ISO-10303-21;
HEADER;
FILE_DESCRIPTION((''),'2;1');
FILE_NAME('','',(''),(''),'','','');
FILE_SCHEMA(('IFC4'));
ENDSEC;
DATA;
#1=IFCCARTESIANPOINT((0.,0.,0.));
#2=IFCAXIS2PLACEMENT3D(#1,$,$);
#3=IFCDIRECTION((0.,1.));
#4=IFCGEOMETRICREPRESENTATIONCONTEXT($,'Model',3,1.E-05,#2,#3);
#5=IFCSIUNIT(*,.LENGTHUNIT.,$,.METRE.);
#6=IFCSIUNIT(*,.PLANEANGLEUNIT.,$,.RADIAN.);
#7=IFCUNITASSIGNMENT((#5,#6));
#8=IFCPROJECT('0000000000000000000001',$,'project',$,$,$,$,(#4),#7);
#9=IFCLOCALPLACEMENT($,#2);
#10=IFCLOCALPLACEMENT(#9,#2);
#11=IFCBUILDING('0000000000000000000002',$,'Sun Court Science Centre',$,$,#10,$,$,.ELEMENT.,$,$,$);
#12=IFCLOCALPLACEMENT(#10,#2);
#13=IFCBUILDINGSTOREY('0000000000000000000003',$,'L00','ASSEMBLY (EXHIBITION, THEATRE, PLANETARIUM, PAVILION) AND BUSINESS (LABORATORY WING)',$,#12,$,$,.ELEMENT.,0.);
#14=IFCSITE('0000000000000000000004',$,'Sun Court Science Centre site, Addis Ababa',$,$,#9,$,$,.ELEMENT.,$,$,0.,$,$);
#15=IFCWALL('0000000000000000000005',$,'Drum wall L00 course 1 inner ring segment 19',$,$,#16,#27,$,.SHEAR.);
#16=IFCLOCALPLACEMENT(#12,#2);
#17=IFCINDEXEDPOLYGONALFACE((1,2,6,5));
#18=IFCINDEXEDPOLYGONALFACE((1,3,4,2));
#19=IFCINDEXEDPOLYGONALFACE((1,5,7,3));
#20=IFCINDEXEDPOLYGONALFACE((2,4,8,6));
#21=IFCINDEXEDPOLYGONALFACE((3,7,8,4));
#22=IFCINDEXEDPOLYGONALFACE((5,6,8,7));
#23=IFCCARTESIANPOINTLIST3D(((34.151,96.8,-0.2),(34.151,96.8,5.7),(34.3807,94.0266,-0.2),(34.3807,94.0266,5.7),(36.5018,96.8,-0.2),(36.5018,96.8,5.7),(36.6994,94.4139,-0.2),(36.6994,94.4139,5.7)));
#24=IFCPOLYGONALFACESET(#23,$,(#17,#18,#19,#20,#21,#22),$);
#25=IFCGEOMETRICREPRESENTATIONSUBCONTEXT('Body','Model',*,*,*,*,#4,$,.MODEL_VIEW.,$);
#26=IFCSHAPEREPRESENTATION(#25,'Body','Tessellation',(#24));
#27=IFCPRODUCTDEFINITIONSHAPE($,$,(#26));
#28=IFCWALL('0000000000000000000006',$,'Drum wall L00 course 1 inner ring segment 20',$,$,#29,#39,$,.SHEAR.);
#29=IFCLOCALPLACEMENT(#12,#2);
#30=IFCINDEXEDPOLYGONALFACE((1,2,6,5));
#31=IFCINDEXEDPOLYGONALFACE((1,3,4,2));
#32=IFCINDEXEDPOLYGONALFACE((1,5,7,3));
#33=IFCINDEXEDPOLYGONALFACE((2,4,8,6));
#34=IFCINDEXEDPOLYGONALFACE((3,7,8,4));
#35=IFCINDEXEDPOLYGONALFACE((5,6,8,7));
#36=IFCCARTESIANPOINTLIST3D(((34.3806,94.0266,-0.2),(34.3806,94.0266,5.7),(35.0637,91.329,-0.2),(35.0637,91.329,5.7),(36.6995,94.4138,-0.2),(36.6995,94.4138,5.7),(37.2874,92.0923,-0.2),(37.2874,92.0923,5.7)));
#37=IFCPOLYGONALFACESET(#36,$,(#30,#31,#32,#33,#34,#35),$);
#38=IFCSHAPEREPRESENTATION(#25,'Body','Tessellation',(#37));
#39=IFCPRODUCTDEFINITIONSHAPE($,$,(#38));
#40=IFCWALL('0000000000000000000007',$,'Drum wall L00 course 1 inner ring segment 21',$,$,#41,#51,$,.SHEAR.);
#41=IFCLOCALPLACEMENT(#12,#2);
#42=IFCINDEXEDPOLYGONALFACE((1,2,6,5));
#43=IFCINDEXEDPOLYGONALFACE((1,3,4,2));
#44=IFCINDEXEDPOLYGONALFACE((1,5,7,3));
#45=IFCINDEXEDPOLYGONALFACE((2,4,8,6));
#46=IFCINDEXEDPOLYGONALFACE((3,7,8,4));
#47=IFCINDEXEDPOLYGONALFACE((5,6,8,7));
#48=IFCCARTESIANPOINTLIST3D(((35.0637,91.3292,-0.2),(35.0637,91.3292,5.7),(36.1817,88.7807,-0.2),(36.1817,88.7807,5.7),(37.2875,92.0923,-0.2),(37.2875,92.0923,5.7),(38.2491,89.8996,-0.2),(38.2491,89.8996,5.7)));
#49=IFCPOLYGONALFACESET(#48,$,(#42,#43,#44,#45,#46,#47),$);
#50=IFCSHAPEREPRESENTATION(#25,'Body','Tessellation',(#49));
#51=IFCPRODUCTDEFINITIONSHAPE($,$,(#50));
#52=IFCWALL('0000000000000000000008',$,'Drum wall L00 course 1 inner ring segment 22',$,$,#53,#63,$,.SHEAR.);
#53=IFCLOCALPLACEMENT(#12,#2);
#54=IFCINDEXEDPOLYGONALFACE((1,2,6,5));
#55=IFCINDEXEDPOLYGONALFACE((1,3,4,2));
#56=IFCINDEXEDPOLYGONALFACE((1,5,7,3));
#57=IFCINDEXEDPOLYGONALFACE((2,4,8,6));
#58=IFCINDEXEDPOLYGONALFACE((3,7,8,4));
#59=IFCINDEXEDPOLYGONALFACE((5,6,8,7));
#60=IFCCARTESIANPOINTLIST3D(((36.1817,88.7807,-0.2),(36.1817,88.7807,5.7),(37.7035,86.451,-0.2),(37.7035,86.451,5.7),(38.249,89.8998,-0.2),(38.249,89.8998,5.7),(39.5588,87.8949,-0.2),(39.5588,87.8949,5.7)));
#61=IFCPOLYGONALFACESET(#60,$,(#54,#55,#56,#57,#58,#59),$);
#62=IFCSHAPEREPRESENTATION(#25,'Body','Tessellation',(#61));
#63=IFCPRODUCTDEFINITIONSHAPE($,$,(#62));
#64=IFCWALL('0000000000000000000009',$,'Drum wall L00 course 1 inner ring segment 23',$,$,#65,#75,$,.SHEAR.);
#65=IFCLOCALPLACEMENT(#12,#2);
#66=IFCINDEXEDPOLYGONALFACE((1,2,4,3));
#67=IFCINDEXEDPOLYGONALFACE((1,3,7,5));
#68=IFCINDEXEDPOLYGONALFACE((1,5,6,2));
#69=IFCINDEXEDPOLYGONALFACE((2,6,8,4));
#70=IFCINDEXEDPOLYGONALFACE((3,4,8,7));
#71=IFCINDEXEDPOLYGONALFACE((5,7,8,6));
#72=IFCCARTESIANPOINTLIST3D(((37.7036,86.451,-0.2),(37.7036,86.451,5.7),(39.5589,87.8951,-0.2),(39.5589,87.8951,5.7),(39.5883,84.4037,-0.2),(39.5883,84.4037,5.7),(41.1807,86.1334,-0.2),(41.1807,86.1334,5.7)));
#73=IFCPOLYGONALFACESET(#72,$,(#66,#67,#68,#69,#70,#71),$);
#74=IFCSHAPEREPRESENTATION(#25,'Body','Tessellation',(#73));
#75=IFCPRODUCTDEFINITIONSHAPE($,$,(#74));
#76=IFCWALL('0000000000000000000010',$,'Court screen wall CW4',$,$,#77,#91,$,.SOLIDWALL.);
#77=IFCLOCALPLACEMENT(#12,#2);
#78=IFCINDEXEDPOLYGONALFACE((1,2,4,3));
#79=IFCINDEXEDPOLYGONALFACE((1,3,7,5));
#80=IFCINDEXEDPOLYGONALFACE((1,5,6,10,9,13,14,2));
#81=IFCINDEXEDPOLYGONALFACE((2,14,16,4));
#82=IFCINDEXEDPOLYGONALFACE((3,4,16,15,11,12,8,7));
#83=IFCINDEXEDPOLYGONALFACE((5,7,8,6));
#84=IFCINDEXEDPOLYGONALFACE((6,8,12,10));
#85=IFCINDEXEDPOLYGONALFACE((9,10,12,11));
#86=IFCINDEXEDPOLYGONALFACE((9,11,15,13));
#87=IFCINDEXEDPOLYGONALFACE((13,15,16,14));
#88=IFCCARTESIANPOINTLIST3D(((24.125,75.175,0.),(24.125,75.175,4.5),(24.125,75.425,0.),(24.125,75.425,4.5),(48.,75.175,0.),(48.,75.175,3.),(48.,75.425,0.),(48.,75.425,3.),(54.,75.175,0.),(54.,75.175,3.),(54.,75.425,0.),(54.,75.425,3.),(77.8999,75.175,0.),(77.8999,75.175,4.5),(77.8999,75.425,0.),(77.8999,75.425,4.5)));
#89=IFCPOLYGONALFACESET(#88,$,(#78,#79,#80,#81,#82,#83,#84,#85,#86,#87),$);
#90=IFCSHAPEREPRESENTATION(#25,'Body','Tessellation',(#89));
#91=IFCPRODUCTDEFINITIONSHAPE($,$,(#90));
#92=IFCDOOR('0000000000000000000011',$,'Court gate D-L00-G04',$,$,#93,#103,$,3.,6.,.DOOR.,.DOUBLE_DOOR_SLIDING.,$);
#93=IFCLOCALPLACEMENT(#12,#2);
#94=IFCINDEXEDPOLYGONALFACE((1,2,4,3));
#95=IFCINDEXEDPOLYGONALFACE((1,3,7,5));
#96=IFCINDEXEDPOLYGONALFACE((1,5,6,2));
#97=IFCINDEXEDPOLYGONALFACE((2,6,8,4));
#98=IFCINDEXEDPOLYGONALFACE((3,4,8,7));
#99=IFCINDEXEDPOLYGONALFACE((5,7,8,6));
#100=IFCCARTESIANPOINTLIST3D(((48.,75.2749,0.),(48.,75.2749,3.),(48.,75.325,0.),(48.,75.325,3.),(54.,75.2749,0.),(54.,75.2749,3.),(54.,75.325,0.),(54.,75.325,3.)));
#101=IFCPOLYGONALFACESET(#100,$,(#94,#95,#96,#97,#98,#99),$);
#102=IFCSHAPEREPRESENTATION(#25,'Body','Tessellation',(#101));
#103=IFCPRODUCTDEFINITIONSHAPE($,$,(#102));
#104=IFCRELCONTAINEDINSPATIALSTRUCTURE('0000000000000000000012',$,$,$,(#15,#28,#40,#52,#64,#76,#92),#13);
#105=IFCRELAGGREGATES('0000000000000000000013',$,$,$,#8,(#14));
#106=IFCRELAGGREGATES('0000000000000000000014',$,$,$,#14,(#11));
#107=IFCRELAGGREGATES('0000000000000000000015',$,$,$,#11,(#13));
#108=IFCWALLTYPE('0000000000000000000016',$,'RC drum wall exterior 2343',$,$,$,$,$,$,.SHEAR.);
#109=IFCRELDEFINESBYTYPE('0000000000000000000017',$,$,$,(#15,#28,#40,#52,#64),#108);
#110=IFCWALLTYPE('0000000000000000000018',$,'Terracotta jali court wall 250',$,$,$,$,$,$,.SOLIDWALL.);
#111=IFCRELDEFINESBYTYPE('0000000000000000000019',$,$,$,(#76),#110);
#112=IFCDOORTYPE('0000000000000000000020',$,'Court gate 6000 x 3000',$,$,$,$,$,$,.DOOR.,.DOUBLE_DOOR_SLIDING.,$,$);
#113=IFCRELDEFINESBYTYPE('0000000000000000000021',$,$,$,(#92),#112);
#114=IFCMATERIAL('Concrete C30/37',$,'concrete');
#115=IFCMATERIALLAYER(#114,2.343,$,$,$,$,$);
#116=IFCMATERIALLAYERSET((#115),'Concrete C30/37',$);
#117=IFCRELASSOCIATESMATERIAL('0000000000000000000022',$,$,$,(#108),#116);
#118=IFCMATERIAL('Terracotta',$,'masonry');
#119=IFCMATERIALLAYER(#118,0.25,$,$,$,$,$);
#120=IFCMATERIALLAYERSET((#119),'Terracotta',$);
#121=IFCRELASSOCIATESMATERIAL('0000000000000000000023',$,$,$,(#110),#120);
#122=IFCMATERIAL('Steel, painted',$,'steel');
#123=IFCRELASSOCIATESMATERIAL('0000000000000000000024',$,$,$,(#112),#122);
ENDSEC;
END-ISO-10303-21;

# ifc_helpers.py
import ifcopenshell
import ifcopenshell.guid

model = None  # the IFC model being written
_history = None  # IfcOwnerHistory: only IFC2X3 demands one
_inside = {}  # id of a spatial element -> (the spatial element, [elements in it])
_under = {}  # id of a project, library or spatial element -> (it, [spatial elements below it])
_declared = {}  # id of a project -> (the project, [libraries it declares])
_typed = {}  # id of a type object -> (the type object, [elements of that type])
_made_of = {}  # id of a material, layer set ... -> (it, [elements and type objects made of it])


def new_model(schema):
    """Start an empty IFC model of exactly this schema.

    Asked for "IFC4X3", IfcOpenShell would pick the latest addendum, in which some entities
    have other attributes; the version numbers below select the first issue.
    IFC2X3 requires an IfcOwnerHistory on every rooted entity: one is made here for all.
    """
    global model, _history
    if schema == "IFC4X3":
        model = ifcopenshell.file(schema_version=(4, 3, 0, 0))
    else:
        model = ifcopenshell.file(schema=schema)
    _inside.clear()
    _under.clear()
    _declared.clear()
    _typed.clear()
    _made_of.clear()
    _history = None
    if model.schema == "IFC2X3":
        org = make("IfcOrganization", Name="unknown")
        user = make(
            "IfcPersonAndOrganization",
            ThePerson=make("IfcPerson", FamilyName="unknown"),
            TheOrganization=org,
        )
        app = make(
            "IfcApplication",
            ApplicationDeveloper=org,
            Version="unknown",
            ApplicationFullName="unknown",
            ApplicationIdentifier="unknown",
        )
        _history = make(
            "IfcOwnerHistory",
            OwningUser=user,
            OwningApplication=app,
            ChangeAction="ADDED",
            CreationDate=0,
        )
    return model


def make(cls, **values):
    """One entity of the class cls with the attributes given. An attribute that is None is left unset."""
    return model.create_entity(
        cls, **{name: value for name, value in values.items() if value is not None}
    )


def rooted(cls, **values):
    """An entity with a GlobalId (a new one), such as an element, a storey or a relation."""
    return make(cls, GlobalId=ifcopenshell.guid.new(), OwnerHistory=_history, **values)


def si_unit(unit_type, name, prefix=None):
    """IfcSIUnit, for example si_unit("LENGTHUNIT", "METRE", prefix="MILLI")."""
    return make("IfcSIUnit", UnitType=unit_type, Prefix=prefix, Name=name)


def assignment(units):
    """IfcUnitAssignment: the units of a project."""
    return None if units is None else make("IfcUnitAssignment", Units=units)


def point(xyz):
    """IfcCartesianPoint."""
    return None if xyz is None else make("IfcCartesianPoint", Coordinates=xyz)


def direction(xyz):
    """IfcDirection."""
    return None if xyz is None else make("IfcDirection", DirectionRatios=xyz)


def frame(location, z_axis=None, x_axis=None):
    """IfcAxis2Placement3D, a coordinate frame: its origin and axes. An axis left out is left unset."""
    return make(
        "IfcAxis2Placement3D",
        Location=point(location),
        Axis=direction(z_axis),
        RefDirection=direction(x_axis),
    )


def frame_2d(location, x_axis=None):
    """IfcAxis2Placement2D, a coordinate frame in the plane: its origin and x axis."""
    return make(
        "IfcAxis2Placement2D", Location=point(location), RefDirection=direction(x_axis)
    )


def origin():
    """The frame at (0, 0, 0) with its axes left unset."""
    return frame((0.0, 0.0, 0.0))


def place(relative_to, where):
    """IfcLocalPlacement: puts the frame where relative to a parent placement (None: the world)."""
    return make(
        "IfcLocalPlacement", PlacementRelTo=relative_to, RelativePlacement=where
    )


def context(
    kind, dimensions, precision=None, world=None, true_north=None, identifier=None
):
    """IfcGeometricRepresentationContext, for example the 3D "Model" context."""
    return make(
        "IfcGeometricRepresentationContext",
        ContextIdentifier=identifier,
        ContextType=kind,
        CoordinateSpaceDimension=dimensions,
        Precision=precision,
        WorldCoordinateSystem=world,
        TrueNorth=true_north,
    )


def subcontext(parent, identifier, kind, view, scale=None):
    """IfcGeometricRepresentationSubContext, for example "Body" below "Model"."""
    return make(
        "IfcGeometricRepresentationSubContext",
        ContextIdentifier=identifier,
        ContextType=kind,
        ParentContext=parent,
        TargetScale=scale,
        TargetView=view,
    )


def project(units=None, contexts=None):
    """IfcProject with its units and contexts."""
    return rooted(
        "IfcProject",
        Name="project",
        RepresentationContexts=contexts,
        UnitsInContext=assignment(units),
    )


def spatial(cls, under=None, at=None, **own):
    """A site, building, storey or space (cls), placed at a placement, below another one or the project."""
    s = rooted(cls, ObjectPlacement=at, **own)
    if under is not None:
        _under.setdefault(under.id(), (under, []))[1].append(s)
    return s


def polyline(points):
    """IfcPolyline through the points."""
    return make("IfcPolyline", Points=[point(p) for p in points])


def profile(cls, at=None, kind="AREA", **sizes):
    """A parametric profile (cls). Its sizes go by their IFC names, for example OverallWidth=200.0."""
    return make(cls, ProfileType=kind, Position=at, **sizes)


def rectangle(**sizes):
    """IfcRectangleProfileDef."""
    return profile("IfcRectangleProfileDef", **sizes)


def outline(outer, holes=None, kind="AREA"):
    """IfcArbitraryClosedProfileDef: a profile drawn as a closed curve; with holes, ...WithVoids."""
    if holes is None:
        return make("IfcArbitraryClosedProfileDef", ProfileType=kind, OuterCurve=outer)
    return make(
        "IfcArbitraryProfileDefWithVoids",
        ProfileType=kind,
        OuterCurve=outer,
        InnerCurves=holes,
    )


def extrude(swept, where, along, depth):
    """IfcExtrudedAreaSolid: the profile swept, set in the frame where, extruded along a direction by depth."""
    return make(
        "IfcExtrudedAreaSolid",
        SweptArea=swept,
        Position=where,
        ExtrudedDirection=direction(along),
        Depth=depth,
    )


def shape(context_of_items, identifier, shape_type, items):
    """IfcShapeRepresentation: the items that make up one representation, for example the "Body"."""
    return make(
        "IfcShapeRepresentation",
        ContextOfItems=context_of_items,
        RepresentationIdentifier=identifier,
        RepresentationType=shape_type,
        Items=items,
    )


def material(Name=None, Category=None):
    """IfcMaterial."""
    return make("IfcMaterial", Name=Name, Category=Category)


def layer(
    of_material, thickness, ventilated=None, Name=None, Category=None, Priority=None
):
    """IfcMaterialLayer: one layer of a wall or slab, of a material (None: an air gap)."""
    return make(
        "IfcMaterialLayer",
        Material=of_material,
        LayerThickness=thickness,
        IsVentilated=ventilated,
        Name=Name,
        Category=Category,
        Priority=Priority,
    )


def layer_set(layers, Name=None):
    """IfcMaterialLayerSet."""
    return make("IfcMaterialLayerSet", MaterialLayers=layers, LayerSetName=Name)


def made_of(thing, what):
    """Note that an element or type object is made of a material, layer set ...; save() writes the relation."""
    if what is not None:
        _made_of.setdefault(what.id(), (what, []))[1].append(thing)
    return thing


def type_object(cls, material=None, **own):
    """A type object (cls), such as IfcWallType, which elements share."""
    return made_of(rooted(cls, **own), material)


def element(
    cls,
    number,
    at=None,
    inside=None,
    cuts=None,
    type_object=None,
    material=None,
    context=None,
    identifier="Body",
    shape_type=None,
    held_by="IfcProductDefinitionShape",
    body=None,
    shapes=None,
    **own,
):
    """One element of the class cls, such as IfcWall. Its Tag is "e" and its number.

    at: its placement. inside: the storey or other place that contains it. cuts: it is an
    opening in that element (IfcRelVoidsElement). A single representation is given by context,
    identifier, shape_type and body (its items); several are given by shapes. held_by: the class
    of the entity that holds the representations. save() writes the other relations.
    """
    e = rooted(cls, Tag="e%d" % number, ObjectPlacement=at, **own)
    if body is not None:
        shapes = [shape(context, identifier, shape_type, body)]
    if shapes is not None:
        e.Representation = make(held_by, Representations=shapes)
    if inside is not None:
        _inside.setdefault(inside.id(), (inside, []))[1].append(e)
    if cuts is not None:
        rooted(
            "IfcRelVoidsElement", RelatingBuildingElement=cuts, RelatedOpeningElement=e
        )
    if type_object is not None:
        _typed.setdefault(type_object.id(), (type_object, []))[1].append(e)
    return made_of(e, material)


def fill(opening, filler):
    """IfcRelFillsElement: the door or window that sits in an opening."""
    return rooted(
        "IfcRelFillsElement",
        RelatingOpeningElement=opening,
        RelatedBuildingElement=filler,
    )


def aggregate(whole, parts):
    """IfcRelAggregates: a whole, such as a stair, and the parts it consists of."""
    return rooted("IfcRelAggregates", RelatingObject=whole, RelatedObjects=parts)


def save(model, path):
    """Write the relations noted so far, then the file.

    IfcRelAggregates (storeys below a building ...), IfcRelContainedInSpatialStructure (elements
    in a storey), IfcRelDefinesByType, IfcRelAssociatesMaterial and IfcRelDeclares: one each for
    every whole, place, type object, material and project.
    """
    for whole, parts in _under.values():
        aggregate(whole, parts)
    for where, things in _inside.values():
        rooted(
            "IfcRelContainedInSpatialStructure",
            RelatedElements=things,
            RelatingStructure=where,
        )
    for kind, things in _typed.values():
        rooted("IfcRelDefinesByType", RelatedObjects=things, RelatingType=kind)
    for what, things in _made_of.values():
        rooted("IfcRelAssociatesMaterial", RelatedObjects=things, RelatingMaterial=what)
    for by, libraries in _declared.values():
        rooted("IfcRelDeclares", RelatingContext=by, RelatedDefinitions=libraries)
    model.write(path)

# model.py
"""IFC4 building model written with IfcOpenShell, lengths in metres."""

from ifc_helpers import new_model, si_unit, direction, frame, frame_2d, origin, place, context, subcontext, project, spatial, polyline, rectangle, outline, extrude, material, layer, layer_set, type_object, element, fill, save


model = new_model("IFC4")

# Units and contexts
model_context = context("Model", 3, precision=1e-05, world=origin(), true_north=direction((0.0, 1.0)))
body_context = subcontext(model_context, "Body", "Model", "MODEL_VIEW")
ifc_project = project(units=[si_unit("LENGTHUNIT", "METRE"), si_unit("PLANEANGLEUNIT", "RADIAN")], contexts=[model_context])

# Site, building, storey
site_placement = place(None, origin())
site = spatial("IfcSite", under=ifc_project, at=site_placement, Name="Sun Court Science Centre site, Addis Ababa", CompositionType="ELEMENT", RefElevation=0.0)
building_placement = place(site_placement, origin())
building = spatial("IfcBuilding", under=site, at=building_placement, Name="Sun Court Science Centre", CompositionType="ELEMENT")
storey_placement = place(building_placement, origin())
storey = spatial("IfcBuildingStorey", under=building, at=storey_placement, Name="L00", Description="ASSEMBLY (EXHIBITION, THEATRE, PLANETARIUM, PAVILION) AND BUSINESS (LABORATORY WING)", CompositionType="ELEMENT", Elevation=0.0)

# Walls
ifc_material_1 = material(Name="Concrete C30/37", Category="concrete")
ifc_layer_1 = layer(ifc_material_1, 2.343)
ifc_layer_set_1 = layer_set([ifc_layer_1], Name="Concrete C30/37")
wall_type_1 = type_object("IfcWallType", Name="RC drum wall exterior 2343", PredefinedType="SHEAR", material=ifc_layer_set_1)
wall_1_placement = place(storey_placement, frame((35.3184, 96.8967, -0.2), z_axis=(0.0, 0.0, 1.0), x_axis=(0.082559, -0.996586, 0.0)))
element("IfcWall", 1, at=wall_1_placement, inside=storey, type_object=wall_type_1, Name="Drum wall L00 course 1 inner ring segment 19", PredefinedType="SHEAR", context=body_context, shape_type="SweptSolid", body=[
    extrude(outline(polyline([(0.0, -1.1714), (2.783, -1.1714), (2.5884, 1.1714), (0.1941, 1.1714), (0.0, -1.1714)])), origin(), (0.0, 0.0, 1.0), 5.8999),
])
wall_2_placement = place(storey_placement, frame((35.5161, 94.3142, -0.2), z_axis=(0.0, 0.0, 1.0), x_axis=(0.245569, -0.969379, 0.0)))
element("IfcWall", 2, at=wall_2_placement, inside=storey, type_object=wall_type_1, Name="Drum wall L00 course 1 inner ring segment 20", PredefinedType="SHEAR", context=body_context, shape_type="SweptSolid", body=[
    extrude(outline(polyline([(0.0, -1.1714), (2.7827, -1.1716), (2.5889, 1.1714), (0.1941, 1.1716), (0.0, -1.1714)])), origin(), (0.0, 0.0, 1.0), 5.8999),
])
wall_3_placement = place(storey_placement, frame((36.1365, 91.7996, -0.2), z_axis=(0.0, 0.0, 1.0), x_axis=(0.40173, -0.915758, 0.0)))
element("IfcWall", 3, at=wall_3_placement, inside=storey, type_object=wall_type_1, Name="Drum wall L00 course 1 inner ring segment 21", PredefinedType="SHEAR", context=body_context, shape_type="SweptSolid", body=[
    extrude(outline(polyline([(-0.0002, -1.1714), (2.7827, -1.1714), (2.5886, 1.1714), (0.1943, 1.1716), (-0.0002, -1.1714)])), origin(), (0.0, 0.0, 1.0), 5.8999),
])
wall_4_placement = place(storey_placement, frame((37.1624, 89.4214, -0.2), z_axis=(0.0, 0.0, 1.0), x_axis=(0.546942, -0.83717, 0.0)))
element("IfcWall", 4, at=wall_4_placement, inside=storey, type_object=wall_type_1, Name="Drum wall L00 course 1 inner ring segment 22", PredefinedType="SHEAR", context=body_context, shape_type="SweptSolid", body=[
    extrude(outline(polyline([(0.0, -1.1714), (2.7827, -1.1716), (2.5886, 1.1714), (0.1938, 1.1714), (0.0, -1.1714)])), origin(), (0.0, 0.0, 1.0), 5.8999),
])
wall_5_placement = place(storey_placement, frame((38.5654, 87.2444, -0.2), z_axis=(0.0, 0.0, 1.0), x_axis=(0.677288, -0.735718, 0.0)))
element("IfcWall", 5, at=wall_5_placement, inside=storey, type_object=wall_type_1, Name="Drum wall L00 course 1 inner ring segment 23", PredefinedType="SHEAR", context=body_context, shape_type="SweptSolid", body=[
    extrude(outline(polyline([(0.0, -1.1714), (2.7827, -1.1714), (2.5886, 1.1716), (0.1941, 1.1716), (0.0, -1.1714)])), origin(), (0.0, 0.0, 1.0), 5.8999),
])

# Wall, opening, door
ifc_material_2 = material(Name="Terracotta", Category="masonry")
ifc_layer_2 = layer(ifc_material_2, 0.25)
ifc_layer_set_2 = layer_set([ifc_layer_2], Name="Terracotta")
wall_type_2 = type_object("IfcWallType", Name="Terracotta jali court wall 250", PredefinedType="SOLIDWALL", material=ifc_layer_set_2)
wall_6_placement = place(storey_placement, frame((24.125, 75.3, 0.0), z_axis=(0.0, 0.0, 1.0), x_axis=(1.0, 0.0, 0.0)))
wall_6 = element("IfcWall", 6, at=wall_6_placement, inside=storey, type_object=wall_type_2, Name="Court screen wall CW4", PredefinedType="SOLIDWALL", context=body_context, shape_type="SweptSolid", body=[
    extrude(rectangle(XDim=53.7749, YDim=0.25, at=frame_2d((26.8875, 0.0))), origin(), (0.0, 0.0, 1.0), 4.5),
])
opening_placement = place(wall_6_placement, frame((23.875, 0.0, 0.0)))
opening = element("IfcOpeningElement", 7, at=opening_placement, cuts=wall_6, PredefinedType="OPENING", context=body_context, shape_type="SweptSolid", body=[
    extrude(rectangle(XDim=6.0, YDim=3.0, at=frame_2d((3.0, 1.5))), frame((0.0, 0.135, 0.0), z_axis=(0.0, -1.0, 0.0), x_axis=(1.0, 0.0, 0.0)), (0.0, 0.0, 1.0), 0.27),
])
ifc_material_3 = material(Name="Steel, painted", Category="steel")
door_type = type_object("IfcDoorType", Name="Court gate 6000 x 3000", OperationType="DOUBLE_DOOR_SLIDING", PredefinedType="DOOR", material=ifc_material_3)
door_placement = place(opening_placement, origin())
door = element("IfcDoor", 8, at=door_placement, inside=storey, type_object=door_type, Name="Court gate D-L00-G04", OperationType="DOUBLE_DOOR_SLIDING", OverallHeight=3.0, OverallWidth=6.0, PredefinedType="DOOR", context=body_context, shape_type="SweptSolid", body=[
    extrude(rectangle(XDim=6.0, YDim=3.0, at=frame_2d((3.0, 1.5))), frame((0.0, 0.0249, 0.0), z_axis=(0.0, -1.0, 0.0), x_axis=(1.0, 0.0, 0.0)), (0.0, 0.0, 1.0), 0.05),
])
fill(opening, door)

save(model, "model.ifc")
